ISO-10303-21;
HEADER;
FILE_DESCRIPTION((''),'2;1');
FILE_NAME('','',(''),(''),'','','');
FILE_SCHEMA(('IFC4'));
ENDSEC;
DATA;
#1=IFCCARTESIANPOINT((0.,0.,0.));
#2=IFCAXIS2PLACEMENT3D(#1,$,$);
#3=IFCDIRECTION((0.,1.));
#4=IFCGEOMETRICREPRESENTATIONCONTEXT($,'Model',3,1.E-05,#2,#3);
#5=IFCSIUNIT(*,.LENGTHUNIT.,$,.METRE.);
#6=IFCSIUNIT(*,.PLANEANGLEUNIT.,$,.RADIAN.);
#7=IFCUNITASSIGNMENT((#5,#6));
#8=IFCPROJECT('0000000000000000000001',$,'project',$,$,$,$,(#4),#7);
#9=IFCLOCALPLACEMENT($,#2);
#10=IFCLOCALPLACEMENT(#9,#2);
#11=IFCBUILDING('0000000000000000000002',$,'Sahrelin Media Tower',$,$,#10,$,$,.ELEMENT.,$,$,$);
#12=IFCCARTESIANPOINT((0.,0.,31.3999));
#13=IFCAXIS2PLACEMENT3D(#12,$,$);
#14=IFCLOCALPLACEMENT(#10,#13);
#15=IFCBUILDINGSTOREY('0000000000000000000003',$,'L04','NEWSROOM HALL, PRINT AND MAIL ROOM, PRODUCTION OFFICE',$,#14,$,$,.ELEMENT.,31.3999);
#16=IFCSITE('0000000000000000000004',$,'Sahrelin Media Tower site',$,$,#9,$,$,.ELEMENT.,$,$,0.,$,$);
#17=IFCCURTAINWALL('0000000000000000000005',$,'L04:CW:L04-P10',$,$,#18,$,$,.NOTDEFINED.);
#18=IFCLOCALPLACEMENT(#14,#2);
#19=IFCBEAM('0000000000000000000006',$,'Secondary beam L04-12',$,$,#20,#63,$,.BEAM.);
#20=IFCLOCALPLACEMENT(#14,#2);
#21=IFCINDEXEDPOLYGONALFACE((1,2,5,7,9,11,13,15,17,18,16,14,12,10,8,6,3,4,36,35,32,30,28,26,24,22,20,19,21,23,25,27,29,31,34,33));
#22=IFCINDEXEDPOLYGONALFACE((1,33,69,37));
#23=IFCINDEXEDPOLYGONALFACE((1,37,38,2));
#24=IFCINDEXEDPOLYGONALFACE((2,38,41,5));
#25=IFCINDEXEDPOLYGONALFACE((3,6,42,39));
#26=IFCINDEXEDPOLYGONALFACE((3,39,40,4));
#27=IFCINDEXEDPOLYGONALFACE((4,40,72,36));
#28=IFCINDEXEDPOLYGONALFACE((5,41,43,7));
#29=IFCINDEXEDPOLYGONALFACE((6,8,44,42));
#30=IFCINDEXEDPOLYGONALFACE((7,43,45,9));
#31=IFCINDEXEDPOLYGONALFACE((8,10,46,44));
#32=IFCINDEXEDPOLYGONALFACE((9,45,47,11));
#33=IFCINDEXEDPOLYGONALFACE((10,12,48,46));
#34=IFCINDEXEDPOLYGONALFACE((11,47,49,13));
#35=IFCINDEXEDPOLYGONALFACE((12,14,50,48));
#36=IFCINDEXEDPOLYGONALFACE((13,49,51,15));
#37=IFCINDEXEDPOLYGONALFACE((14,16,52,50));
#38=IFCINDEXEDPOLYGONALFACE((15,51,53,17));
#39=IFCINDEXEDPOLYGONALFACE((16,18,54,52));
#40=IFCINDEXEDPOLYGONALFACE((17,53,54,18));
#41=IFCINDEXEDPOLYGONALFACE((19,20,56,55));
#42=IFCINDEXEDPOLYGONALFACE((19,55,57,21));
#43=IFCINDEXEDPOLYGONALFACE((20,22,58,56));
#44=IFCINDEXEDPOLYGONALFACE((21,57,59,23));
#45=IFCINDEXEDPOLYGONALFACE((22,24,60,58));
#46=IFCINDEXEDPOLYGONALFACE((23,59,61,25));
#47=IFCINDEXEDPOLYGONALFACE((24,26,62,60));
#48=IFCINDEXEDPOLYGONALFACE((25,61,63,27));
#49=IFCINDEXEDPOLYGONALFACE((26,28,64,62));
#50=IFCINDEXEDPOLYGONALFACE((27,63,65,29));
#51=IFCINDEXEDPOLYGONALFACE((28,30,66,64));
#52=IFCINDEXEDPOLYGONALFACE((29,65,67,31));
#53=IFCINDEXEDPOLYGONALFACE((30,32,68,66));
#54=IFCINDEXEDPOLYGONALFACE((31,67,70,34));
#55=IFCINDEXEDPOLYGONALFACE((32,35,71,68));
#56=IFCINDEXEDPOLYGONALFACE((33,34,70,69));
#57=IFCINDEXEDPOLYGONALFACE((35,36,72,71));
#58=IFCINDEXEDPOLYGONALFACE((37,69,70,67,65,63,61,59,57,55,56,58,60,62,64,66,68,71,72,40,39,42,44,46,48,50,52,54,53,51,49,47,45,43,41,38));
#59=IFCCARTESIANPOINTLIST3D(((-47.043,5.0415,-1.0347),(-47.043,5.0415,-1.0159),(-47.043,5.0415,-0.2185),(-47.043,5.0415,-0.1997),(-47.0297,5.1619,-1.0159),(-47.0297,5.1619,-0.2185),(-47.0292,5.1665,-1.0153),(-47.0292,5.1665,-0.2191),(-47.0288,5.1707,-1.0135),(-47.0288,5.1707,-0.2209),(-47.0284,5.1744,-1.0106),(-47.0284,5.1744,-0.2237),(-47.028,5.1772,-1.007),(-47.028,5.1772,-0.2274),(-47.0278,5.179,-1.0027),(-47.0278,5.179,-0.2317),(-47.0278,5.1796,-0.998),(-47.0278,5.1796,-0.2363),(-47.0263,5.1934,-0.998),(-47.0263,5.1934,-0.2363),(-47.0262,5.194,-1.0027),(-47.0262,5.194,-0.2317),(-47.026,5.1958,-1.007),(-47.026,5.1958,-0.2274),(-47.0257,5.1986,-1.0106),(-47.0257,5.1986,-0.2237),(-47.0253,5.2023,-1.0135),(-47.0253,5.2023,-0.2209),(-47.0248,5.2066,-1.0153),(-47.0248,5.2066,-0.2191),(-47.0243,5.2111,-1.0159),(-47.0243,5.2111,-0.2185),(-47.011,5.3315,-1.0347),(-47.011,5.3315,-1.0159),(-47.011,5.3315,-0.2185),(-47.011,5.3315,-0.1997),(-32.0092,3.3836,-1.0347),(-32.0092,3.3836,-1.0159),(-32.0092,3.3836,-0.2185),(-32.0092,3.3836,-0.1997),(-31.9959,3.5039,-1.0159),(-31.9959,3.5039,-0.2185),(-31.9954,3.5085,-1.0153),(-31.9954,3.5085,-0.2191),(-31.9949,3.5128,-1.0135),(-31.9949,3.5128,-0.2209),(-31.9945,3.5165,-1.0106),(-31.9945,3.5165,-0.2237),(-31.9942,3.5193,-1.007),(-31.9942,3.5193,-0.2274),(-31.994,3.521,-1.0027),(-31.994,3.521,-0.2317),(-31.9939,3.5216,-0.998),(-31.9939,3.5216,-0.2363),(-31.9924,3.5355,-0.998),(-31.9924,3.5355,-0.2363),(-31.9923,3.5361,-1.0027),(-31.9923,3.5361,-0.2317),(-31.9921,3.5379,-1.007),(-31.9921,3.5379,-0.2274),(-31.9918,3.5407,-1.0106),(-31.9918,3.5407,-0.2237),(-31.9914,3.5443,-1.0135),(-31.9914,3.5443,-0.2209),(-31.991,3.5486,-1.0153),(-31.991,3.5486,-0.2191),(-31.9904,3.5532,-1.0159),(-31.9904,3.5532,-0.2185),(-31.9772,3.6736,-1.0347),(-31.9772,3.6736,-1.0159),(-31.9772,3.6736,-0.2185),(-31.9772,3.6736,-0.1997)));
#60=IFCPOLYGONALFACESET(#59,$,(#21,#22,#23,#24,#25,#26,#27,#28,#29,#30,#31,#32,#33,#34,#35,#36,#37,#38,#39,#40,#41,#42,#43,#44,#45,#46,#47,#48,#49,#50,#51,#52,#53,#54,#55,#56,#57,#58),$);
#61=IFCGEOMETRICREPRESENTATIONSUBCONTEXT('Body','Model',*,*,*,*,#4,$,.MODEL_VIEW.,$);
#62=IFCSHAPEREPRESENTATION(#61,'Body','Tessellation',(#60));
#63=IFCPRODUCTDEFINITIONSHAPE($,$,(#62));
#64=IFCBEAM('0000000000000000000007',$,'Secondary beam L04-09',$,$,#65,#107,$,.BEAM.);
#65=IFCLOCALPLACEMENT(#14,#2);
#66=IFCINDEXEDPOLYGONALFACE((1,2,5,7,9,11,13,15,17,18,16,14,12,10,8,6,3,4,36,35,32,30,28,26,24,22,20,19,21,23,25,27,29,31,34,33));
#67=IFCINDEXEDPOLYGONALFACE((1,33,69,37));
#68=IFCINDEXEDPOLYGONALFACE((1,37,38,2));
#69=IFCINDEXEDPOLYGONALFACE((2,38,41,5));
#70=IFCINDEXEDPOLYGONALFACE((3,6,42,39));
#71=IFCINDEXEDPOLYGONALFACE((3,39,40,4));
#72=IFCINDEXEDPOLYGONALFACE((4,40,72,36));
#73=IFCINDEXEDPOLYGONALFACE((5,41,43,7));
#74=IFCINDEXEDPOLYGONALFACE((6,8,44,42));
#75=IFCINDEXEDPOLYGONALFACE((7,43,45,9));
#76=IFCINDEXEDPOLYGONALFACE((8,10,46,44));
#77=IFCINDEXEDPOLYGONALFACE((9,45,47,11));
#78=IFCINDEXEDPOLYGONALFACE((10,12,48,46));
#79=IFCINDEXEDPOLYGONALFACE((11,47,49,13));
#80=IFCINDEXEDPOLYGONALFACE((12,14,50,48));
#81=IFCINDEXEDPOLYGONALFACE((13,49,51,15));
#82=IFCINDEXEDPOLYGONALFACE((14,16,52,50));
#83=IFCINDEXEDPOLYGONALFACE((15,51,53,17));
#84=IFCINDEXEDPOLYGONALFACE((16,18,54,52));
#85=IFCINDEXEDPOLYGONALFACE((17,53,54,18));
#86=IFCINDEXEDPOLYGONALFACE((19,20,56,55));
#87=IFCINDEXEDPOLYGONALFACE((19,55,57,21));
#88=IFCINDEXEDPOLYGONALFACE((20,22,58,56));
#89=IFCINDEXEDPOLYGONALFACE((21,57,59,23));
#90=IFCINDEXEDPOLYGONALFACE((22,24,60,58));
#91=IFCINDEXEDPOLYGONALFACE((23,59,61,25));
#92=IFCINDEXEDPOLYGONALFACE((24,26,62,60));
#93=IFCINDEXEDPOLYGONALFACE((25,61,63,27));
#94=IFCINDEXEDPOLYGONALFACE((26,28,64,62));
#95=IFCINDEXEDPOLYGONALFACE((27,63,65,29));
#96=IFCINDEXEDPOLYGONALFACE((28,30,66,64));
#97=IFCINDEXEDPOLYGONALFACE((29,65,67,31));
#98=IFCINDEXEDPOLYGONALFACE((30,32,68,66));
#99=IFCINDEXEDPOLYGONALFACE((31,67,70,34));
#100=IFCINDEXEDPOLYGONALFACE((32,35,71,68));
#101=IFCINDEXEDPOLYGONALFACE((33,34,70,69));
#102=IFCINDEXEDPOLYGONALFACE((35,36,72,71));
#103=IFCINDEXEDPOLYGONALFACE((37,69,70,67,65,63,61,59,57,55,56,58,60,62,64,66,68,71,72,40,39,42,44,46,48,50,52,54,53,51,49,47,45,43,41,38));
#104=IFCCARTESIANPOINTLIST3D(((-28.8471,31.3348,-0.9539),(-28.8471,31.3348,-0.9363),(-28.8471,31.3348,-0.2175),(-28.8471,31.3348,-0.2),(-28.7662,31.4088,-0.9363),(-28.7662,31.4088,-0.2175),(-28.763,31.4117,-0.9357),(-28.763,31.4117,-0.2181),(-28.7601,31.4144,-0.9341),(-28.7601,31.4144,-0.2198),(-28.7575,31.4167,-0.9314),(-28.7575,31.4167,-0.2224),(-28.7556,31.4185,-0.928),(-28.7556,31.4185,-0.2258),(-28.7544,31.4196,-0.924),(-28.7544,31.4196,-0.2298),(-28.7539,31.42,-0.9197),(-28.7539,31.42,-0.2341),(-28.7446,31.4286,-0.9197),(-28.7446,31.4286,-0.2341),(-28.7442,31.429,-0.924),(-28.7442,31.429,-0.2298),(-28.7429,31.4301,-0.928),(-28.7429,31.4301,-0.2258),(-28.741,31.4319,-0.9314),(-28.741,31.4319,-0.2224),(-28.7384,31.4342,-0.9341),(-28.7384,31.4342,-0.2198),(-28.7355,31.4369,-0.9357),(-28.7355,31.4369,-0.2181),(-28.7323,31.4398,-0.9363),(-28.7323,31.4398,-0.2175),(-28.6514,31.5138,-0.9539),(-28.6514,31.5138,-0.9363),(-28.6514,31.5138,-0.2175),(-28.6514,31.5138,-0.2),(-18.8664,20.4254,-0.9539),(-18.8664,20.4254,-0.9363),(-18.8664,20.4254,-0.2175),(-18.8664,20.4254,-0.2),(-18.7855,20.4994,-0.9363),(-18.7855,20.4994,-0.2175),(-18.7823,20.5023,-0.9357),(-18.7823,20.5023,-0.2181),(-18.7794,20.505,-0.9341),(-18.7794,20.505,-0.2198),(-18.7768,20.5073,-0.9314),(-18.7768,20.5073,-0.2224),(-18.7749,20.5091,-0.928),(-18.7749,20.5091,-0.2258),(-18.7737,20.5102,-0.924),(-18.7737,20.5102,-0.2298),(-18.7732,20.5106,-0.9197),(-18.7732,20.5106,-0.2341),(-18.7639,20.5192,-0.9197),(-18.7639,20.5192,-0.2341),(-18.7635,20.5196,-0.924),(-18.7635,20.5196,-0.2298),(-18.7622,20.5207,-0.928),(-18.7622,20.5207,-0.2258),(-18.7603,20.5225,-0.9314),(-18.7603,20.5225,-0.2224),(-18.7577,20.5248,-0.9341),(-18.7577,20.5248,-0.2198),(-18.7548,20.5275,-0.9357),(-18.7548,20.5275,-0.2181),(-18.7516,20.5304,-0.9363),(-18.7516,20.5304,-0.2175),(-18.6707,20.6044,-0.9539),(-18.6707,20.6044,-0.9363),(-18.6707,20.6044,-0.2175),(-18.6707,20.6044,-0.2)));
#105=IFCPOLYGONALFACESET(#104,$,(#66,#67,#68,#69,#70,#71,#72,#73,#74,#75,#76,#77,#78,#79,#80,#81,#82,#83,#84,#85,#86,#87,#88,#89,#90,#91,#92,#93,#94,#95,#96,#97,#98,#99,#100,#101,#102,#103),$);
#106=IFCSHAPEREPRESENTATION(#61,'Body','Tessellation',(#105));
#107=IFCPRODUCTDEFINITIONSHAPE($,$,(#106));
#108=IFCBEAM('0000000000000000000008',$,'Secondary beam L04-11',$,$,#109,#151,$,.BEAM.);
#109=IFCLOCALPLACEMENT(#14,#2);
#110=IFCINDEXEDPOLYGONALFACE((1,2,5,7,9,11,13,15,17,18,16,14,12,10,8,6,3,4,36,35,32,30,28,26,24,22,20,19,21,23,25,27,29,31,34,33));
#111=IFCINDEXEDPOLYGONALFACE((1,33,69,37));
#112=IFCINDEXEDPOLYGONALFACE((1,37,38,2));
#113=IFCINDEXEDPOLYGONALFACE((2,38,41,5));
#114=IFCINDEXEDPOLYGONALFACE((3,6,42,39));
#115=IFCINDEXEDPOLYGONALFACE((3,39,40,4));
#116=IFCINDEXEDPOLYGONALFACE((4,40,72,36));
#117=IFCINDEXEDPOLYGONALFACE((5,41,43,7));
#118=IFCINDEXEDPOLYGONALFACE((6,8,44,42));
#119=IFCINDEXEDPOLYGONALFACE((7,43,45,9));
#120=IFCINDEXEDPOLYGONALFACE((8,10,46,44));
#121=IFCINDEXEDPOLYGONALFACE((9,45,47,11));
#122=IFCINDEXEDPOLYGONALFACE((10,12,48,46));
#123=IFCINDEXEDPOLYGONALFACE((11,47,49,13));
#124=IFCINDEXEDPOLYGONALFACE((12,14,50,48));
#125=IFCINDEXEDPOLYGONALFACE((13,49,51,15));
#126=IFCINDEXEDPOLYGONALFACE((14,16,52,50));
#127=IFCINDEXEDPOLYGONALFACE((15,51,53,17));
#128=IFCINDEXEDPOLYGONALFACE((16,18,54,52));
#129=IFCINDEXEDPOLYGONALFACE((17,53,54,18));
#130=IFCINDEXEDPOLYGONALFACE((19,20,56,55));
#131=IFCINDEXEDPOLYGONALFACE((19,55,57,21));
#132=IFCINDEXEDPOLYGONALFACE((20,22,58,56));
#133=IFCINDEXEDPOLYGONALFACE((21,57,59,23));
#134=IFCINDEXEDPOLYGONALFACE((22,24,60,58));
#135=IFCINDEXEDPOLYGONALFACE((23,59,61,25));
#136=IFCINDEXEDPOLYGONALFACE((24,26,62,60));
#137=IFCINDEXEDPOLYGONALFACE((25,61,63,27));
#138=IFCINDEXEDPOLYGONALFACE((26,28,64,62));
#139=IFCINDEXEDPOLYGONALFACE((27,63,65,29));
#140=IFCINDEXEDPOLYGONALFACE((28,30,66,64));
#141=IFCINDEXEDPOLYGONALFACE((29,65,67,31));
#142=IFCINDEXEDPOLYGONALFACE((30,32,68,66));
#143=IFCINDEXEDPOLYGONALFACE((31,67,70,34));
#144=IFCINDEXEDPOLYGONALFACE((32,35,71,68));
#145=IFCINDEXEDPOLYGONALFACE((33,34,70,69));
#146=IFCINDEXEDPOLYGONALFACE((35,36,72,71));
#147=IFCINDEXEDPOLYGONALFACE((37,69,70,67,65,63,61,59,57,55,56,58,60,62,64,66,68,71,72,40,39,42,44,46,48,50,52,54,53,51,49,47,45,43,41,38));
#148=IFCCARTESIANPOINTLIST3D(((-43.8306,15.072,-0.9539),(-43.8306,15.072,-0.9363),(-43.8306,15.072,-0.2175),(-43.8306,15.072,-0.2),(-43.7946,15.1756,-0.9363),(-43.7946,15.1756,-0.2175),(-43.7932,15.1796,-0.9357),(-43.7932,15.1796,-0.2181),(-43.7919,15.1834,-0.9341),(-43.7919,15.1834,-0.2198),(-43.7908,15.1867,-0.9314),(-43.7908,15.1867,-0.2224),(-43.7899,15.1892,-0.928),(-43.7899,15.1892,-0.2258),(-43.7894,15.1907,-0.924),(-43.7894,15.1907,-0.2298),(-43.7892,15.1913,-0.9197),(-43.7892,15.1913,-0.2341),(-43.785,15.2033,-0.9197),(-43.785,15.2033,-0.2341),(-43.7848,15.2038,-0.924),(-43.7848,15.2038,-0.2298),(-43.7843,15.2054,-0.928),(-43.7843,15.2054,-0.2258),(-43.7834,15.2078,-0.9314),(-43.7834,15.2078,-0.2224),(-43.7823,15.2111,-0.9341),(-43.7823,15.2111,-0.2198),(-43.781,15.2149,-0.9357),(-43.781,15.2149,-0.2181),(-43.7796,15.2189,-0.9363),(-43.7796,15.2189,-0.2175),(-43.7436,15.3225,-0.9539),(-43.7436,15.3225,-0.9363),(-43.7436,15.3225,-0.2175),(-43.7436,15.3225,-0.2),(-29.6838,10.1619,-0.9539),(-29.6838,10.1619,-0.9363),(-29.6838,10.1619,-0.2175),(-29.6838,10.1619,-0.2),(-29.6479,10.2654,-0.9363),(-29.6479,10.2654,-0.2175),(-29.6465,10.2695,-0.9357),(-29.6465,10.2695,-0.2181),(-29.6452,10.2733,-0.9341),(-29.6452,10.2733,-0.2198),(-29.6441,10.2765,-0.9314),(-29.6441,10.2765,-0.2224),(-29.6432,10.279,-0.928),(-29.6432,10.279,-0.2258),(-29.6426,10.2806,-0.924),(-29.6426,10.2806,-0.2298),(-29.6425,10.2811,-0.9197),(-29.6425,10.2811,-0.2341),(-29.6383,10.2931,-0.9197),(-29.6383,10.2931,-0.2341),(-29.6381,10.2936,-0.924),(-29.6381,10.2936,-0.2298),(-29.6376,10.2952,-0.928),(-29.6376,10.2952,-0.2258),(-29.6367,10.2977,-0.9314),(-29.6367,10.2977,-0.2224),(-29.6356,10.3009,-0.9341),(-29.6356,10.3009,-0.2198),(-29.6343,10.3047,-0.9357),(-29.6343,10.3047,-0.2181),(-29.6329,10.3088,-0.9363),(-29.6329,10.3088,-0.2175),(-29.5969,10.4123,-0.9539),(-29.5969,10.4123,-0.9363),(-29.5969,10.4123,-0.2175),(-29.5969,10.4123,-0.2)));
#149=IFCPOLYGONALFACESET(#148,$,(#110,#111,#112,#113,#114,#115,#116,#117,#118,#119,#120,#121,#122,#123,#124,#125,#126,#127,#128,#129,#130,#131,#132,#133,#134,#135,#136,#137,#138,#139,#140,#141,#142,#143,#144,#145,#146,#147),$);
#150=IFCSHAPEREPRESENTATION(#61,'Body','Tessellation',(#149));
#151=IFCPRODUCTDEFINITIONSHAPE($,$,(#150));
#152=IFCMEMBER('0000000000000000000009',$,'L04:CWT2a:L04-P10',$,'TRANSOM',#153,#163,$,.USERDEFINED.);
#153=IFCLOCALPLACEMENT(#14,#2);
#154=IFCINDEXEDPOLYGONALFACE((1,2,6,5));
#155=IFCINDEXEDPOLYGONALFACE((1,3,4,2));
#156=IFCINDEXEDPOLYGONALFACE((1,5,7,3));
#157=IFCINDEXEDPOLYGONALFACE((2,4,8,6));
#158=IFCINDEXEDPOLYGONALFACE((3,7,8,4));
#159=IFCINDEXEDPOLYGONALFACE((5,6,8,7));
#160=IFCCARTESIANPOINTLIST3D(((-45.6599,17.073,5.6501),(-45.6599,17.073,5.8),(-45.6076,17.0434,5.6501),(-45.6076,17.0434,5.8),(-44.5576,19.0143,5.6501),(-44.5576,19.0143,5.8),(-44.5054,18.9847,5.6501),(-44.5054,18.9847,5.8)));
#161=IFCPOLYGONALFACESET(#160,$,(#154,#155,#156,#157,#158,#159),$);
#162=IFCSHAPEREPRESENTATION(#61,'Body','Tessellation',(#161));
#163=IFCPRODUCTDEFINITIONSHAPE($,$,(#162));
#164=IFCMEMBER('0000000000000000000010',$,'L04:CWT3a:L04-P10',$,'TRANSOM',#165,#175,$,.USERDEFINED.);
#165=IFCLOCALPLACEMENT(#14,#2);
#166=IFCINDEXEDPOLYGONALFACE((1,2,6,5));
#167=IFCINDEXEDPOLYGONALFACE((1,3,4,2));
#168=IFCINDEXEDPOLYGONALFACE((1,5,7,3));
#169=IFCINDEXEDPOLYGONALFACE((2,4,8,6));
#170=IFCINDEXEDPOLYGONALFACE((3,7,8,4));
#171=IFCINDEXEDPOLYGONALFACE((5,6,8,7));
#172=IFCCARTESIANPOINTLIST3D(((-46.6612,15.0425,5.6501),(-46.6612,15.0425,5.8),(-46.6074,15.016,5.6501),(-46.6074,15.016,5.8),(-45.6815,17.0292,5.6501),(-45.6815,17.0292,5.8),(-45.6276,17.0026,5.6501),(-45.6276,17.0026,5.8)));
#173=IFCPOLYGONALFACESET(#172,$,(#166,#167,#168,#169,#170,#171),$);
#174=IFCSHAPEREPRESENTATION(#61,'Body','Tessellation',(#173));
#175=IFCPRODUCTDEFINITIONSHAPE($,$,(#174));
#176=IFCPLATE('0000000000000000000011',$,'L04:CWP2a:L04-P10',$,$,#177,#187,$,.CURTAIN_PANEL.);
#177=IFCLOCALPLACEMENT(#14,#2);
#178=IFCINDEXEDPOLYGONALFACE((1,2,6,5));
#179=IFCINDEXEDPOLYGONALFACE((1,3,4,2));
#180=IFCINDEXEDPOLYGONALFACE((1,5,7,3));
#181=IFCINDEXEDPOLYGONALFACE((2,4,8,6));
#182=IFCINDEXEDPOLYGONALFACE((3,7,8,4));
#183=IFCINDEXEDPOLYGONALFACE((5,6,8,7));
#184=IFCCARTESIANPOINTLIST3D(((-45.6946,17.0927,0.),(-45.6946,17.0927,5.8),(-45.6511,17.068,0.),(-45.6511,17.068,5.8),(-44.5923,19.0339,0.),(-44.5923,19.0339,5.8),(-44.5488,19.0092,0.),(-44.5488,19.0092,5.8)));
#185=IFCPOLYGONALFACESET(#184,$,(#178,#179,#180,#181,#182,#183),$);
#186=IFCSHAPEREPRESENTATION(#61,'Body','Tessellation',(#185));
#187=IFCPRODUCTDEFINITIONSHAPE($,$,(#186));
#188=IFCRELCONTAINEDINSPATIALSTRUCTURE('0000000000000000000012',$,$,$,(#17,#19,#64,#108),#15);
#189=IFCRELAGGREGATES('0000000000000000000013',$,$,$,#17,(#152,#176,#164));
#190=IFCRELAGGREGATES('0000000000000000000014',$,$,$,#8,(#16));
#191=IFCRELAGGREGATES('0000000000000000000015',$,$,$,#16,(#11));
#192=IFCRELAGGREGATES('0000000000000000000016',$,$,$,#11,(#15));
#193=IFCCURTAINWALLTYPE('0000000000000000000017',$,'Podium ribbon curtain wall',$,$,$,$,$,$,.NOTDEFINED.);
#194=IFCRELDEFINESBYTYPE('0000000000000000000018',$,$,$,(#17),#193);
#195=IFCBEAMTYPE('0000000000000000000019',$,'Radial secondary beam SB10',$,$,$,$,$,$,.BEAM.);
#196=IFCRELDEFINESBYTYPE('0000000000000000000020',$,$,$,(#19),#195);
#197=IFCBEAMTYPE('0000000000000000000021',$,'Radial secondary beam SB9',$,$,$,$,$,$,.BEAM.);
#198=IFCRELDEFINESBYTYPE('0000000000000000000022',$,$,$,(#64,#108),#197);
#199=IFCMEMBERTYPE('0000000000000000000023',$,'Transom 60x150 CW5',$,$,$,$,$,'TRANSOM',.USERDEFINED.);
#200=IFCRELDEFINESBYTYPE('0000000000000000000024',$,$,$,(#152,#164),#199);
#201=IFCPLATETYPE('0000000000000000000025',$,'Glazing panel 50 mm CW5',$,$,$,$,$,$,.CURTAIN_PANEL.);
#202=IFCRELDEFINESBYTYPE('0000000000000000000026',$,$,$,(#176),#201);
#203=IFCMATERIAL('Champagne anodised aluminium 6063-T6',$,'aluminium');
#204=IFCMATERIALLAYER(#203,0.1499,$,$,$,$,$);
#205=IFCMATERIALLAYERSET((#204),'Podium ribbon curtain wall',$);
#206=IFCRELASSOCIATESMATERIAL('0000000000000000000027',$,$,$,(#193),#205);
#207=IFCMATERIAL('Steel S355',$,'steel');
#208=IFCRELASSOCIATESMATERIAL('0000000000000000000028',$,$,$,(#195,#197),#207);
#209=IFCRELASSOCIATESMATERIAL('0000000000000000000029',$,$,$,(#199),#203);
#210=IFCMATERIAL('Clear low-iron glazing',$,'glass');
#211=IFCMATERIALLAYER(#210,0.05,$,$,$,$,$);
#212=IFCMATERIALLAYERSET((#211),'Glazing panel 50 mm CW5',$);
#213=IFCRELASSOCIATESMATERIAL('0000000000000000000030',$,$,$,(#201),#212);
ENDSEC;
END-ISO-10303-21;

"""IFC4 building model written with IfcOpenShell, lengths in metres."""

from ifc_helpers import new_model, si_unit, direction, frame, origin, origin_2d, place, context, subcontext, project, spatial, polyline, rectangle, i_section, outline, extrude, material, layer, layer_set, material_profile, profile_set, type_object, element, aggregate, save


model = new_model("IFC4")

# Units and contexts
model_context = context("Model", 3, precision=1e-05, world=origin(), true_north=direction((0.0, 1.0)))
body_context = subcontext(model_context, "Body", "Model", "MODEL_VIEW")
ifc_project = project(units=[si_unit("LENGTHUNIT", "METRE"), si_unit("PLANEANGLEUNIT", "RADIAN")], contexts=[model_context])

# Site, building, storey
site_placement = place(None, origin())
site = spatial("IfcSite", under=ifc_project, at=site_placement, Name="Sahrelin Media Tower site", CompositionType="ELEMENT", RefElevation=0.0)
building_placement = place(site_placement, origin())
building = spatial("IfcBuilding", under=site, at=building_placement, Name="Sahrelin Media Tower", CompositionType="ELEMENT")
storey_placement = place(building_placement, frame((0.0, 0.0, 31.3999)))
storey = spatial("IfcBuildingStorey", under=building, at=storey_placement, Name="L04", Description="NEWSROOM HALL, PRINT AND MAIL ROOM, PRODUCTION OFFICE", CompositionType="ELEMENT", Elevation=31.3999)

# Curtain wall
ifc_material_1 = material(Name="Champagne anodised aluminium 6063-T6", Category="aluminium")
ifc_layer_1 = layer(ifc_material_1, 0.1499)
ifc_layer_set_1 = layer_set([ifc_layer_1], Name="Podium ribbon curtain wall")
curtain_wall_type = type_object("IfcCurtainWallType", Name="Podium ribbon curtain wall", PredefinedType="NOTDEFINED", material=ifc_layer_set_1)
curtain_wall_placement = place(storey_placement, frame((-43.3013, 21.0, 0.0), z_axis=(0.0, 0.0, 1.0), x_axis=(1.0, 0.0, 0.0)))
curtain_wall = element("IfcCurtainWall", 1, at=curtain_wall_placement, inside=storey, type_object=curtain_wall_type, Name="L04:CW:L04-P10", PredefinedType="NOTDEFINED")

# Beams
ifc_material_2 = material(Name="Steel S355", Category="steel")
ifc_material_profile_1 = material_profile(ifc_material_2, i_section(OverallWidth=0.2917, OverallDepth=0.835, WebThickness=0.0139, FlangeThickness=0.0188, FilletRadius=0.0178, at=origin_2d()), Name="UB 838x292x176")
ifc_profile_set_1 = profile_set([ifc_material_profile_1], Name="Steel S355")
beam_type_1 = type_object("IfcBeamType", Name="Radial secondary beam SB10", PredefinedType="BEAM", material=ifc_profile_set_1)
beam_1_placement = place(storey_placement, frame((-31.9932, 3.5286, -0.6172), z_axis=(-0.993974, 0.109617, 0.0), x_axis=(-0.109617, -0.993974, 0.0)))
element("IfcBeam", 2, at=beam_1_placement, inside=storey, type_object=beam_type_1, Name="Secondary beam L04-12", PredefinedType="BEAM", context=body_context, shape_type="SweptSolid", body=[
    extrude(i_section(OverallWidth=0.2917, OverallDepth=0.835, WebThickness=0.0139, FlangeThickness=0.0188, FilletRadius=0.0178, at=origin_2d()), origin(), (0.0, 0.0, 1.0), 15.125),
])
ifc_material_profile_2 = material_profile(ifc_material_2, i_section(OverallWidth=0.2651, OverallDepth=0.7539, WebThickness=0.0127, FlangeThickness=0.0176, FilletRadius=0.0166, at=origin_2d()), Name="UB 762x267x147")
ifc_profile_set_2 = profile_set([ifc_material_profile_2], Name="Steel S355")
beam_type_2 = type_object("IfcBeamType", Name="Radial secondary beam SB9", PredefinedType="BEAM", material=ifc_profile_set_2)
beam_2_placement = place(storey_placement, frame((-18.7686, 20.5149, -0.5769), z_axis=(-0.675004, 0.737814, 0.0), x_axis=(-0.737814, -0.675004, 0.0)))
element("IfcBeam", 3, at=beam_2_placement, inside=storey, type_object=beam_type_2, Name="Secondary beam L04-09", PredefinedType="BEAM", context=body_context, shape_type="SweptSolid", body=[
    extrude(i_section(OverallWidth=0.2651, OverallDepth=0.7539, WebThickness=0.0127, FlangeThickness=0.0176, FilletRadius=0.0166, at=origin_2d()), origin(), (0.0, 0.0, 1.0), 14.7861),
])
beam_3_placement = place(storey_placement, frame((-29.6404, 10.2871, -0.5769), z_axis=(-0.944713, 0.327898, 0.0), x_axis=(-0.327898, -0.944713, 0.0)))
element("IfcBeam", 4, at=beam_3_placement, inside=storey, type_object=beam_type_2, Name="Secondary beam L04-11", PredefinedType="BEAM", context=body_context, shape_type="SweptSolid", body=[
    extrude(i_section(OverallWidth=0.2651, OverallDepth=0.7539, WebThickness=0.0127, FlangeThickness=0.0176, FilletRadius=0.0166, at=origin_2d()), origin(), (0.0, 0.0, 1.0), 14.9746),
])

# Members
ifc_material_profile_3 = material_profile(ifc_material_1, rectangle(XDim=0.0601, YDim=0.1499, at=origin_2d()), Name="Transom 60x150")
ifc_profile_set_3 = profile_set([ifc_material_profile_3], Name="Champagne anodised aluminium 6063-T6")
member_type_1 = type_object("IfcMemberType", Name="Transom 60x150 CW5", ElementType="TRANSOM", PredefinedType="USERDEFINED", material=ifc_profile_set_3)
member_1_placement = place(storey_placement, frame((-44.5315, 18.9995, 5.7251), z_axis=(-0.493746, -0.869606, 0.0), x_axis=(0.869606, -0.493746, 0.0)))
member_1 = element("IfcMember", 5, at=member_1_placement, type_object=member_type_1, Name="L04:CWT2a:L04-P10", ObjectType="TRANSOM", PredefinedType="USERDEFINED", context=body_context, shape_type="SweptSolid", body=[
    extrude(rectangle(XDim=0.0601, YDim=0.1499, at=origin_2d()), origin(), (0.0, 0.0, 1.0), 2.2324),
])
member_2_placement = place(storey_placement, frame((-45.6545, 17.0159, 5.7251), z_axis=(-0.442313, -0.896861, 0.0), x_axis=(0.896861, -0.442313, 0.0)))
member_2 = element("IfcMember", 6, at=member_2_placement, type_object=member_type_1, Name="L04:CWT3a:L04-P10", ObjectType="TRANSOM", PredefinedType="USERDEFINED", context=body_context, shape_type="SweptSolid", body=[
    extrude(rectangle(XDim=0.0601, YDim=0.1499, at=origin_2d()), origin(), (0.0, 0.0, 1.0), 2.2151),
])

# Plate
ifc_material_3 = material(Name="Clear low-iron glazing", Category="glass")
ifc_layer_2 = layer(ifc_material_3, 0.05)
ifc_layer_set_2 = layer_set([ifc_layer_2], Name="Glazing panel 50 mm CW5")
plate_type = type_object("IfcPlateType", Name="Glazing panel 50 mm CW5", PredefinedType="CURTAIN_PANEL", material=ifc_layer_set_2)
plate_1_placement = place(storey_placement, frame((-44.5923, 19.0339, 0.0), z_axis=(-0.869579, 0.493793, 0.0), x_axis=(-0.493793, -0.869579, 0.0)))
plate_1 = element("IfcPlate", 7, at=plate_1_placement, type_object=plate_type, Name="L04:CWP2a:L04-P10", PredefinedType="CURTAIN_PANEL", context=body_context, shape_type="SweptSolid", body=[
    extrude(outline(polyline([(0.0, 0.0), (2.2324, 0.0), (2.2324, 5.8), (0.0, 5.8), (0.0, 0.0)])), origin(), (0.0, 0.0, -1.0), 0.05),
])
aggregate(curtain_wall, [member_1, plate_1, member_2])

save(model, "model.ifc")
